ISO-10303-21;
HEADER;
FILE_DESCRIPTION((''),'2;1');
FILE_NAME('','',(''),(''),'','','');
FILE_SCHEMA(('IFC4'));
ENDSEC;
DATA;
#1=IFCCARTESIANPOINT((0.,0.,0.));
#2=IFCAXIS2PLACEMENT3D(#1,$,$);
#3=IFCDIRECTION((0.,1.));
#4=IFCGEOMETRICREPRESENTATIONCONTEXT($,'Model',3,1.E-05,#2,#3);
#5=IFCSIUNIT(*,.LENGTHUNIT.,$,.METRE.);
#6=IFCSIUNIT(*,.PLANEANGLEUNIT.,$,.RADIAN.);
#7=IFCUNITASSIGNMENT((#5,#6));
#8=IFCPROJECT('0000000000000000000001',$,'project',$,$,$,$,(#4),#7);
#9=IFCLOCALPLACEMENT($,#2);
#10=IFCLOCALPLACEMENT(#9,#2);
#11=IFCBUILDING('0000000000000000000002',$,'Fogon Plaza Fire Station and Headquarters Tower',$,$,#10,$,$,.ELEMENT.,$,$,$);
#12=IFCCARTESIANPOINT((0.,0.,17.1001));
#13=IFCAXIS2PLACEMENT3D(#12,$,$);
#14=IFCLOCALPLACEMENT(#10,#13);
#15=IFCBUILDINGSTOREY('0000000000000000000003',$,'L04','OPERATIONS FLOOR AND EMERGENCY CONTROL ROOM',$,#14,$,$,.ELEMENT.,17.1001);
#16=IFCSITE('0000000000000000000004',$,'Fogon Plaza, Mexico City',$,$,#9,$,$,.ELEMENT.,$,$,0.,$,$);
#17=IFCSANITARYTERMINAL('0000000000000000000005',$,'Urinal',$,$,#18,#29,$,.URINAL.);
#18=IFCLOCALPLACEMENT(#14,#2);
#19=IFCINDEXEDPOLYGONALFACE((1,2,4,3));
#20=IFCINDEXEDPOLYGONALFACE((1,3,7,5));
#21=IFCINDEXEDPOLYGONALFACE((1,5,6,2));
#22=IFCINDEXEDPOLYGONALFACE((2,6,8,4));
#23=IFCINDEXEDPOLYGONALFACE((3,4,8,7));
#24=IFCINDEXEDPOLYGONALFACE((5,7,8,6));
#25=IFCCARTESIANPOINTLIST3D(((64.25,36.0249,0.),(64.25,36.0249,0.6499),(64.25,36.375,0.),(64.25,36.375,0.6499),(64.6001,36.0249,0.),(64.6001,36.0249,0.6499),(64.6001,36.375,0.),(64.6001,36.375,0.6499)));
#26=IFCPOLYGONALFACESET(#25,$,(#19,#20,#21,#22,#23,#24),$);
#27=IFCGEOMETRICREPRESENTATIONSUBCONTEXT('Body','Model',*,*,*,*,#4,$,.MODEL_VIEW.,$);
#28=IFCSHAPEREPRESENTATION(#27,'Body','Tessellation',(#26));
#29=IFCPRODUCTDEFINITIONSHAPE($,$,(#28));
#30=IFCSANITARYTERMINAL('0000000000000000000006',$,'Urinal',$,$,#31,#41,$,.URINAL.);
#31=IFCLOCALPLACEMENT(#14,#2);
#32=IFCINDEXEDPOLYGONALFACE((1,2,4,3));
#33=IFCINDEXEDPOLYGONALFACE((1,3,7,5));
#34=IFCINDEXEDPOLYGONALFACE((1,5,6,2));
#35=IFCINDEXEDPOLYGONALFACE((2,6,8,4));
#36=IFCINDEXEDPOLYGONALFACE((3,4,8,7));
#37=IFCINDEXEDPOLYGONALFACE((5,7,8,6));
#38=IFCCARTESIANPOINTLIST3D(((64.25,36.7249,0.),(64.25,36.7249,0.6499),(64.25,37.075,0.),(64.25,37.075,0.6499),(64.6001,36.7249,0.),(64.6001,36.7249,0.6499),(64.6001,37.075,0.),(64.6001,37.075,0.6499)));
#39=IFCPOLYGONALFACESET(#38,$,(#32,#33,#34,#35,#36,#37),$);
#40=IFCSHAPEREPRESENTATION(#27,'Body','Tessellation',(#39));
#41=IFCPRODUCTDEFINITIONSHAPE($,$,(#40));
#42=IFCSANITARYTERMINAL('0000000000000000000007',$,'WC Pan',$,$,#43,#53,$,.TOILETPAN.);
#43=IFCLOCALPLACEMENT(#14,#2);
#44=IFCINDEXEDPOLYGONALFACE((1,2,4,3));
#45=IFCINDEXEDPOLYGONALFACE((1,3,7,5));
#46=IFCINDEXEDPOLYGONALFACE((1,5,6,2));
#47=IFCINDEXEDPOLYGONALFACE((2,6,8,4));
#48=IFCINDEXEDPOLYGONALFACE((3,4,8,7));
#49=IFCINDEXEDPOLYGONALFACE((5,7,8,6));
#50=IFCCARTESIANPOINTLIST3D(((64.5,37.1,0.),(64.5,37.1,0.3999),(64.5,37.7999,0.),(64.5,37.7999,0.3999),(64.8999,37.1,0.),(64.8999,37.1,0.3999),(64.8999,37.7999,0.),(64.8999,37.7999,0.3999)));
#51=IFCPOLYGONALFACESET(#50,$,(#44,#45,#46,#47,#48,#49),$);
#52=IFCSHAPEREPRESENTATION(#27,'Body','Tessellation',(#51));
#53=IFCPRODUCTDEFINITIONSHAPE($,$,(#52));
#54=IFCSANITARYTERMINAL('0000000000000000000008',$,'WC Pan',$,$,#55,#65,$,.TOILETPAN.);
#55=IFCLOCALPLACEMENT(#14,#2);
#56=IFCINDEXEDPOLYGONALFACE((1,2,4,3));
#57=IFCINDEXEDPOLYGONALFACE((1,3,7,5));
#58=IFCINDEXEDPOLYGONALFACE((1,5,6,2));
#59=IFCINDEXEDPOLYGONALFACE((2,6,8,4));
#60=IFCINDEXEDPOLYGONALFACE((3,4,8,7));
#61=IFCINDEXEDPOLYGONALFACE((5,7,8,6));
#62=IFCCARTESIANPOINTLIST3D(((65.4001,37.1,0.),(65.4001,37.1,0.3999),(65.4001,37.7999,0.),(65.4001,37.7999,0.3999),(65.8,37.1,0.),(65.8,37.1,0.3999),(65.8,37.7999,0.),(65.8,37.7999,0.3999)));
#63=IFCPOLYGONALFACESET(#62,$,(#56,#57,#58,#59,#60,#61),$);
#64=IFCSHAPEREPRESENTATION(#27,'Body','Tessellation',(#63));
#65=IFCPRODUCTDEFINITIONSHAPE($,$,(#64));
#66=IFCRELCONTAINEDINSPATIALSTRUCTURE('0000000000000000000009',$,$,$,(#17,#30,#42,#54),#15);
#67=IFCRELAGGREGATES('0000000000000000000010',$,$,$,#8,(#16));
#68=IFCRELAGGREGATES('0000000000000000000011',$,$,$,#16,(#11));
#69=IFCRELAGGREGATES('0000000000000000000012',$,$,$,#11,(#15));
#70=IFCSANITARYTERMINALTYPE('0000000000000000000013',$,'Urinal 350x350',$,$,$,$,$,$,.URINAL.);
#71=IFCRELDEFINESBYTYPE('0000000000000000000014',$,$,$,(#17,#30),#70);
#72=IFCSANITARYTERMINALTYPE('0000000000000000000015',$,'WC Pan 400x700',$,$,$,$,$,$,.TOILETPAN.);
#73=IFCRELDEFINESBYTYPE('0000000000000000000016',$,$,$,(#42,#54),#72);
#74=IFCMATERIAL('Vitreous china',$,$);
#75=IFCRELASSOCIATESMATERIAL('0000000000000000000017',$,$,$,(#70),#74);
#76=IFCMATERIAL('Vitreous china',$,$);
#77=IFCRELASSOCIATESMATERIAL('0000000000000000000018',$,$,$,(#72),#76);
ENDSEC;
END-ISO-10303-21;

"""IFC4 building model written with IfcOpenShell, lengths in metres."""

from ifc_helpers import new_model, si_unit, direction, frame, origin, origin_2d, place, context, subcontext, project, spatial, rectangle, extrude, material, type_object, element, save


model = new_model("IFC4")

# Units and contexts
model_context = context("Model", 3, precision=1e-05, world=origin(), true_north=direction((0.0, 1.0)))
body_context = subcontext(model_context, "Body", "Model", "MODEL_VIEW")
ifc_project = project(units=[si_unit("LENGTHUNIT", "METRE"), si_unit("PLANEANGLEUNIT", "RADIAN")], contexts=[model_context])

# Site, building, storey
site_placement = place(None, origin())
site = spatial("IfcSite", under=ifc_project, at=site_placement, Name="Fogon Plaza, Mexico City", CompositionType="ELEMENT", RefElevation=0.0)
building_placement = place(site_placement, origin())
building = spatial("IfcBuilding", under=site, at=building_placement, Name="Fogon Plaza Fire Station and Headquarters Tower", CompositionType="ELEMENT")
storey_placement = place(building_placement, frame((0.0, 0.0, 17.1001)))
storey = spatial("IfcBuildingStorey", under=building, at=storey_placement, Name="L04", Description="OPERATIONS FLOOR AND EMERGENCY CONTROL ROOM", CompositionType="ELEMENT", Elevation=17.1001)

# Sanitary terminals
ifc_material_1 = material(Name="Vitreous china")
sanitary_terminal_type_1 = type_object("IfcSanitaryTerminalType", Name="Urinal 350x350", PredefinedType="URINAL", material=ifc_material_1)
for number, where, z_axis, x_axis, name in (
    (1, (64.425, 36.2, 0.0), (0.0, 0.0, 1.0), (1.0, 0.0, 0.0), "Urinal"),
    (2, (64.425, 36.8999, 0.0), (0.0, 0.0, 1.0), (1.0, 0.0, 0.0), "Urinal"),
):
    element("IfcSanitaryTerminal", number, at=place(storey_placement, frame(where, z_axis=z_axis, x_axis=x_axis)), inside=storey, type_object=sanitary_terminal_type_1, Name=name, PredefinedType="URINAL", context=body_context, shape_type="SweptSolid", body=[
        extrude(rectangle(XDim=0.3501, YDim=0.3501, at=origin_2d()), origin(), (0.0, 0.0, 1.0), 0.6499),
    ])
ifc_material_2 = material(Name="Vitreous china")
sanitary_terminal_type_2 = type_object("IfcSanitaryTerminalType", Name="WC Pan 400x700", PredefinedType="TOILETPAN", material=ifc_material_2)
for number, where, z_axis, x_axis, name in (
    (3, (64.7, 37.45, 0.0), (0.0, 0.0, 1.0), (1.0, 0.0, 0.0), "WC Pan"),
    (4, (65.6001, 37.45, 0.0), (0.0, 0.0, 1.0), (1.0, 0.0, 0.0), "WC Pan"),
):
    element("IfcSanitaryTerminal", number, at=place(storey_placement, frame(where, z_axis=z_axis, x_axis=x_axis)), inside=storey, type_object=sanitary_terminal_type_2, Name=name, PredefinedType="TOILETPAN", context=body_context, shape_type="SweptSolid", body=[
        extrude(rectangle(XDim=0.3999, YDim=0.7, at=origin_2d()), origin(), (0.0, 0.0, 1.0), 0.3999),
    ])

save(model, "model.ifc")
